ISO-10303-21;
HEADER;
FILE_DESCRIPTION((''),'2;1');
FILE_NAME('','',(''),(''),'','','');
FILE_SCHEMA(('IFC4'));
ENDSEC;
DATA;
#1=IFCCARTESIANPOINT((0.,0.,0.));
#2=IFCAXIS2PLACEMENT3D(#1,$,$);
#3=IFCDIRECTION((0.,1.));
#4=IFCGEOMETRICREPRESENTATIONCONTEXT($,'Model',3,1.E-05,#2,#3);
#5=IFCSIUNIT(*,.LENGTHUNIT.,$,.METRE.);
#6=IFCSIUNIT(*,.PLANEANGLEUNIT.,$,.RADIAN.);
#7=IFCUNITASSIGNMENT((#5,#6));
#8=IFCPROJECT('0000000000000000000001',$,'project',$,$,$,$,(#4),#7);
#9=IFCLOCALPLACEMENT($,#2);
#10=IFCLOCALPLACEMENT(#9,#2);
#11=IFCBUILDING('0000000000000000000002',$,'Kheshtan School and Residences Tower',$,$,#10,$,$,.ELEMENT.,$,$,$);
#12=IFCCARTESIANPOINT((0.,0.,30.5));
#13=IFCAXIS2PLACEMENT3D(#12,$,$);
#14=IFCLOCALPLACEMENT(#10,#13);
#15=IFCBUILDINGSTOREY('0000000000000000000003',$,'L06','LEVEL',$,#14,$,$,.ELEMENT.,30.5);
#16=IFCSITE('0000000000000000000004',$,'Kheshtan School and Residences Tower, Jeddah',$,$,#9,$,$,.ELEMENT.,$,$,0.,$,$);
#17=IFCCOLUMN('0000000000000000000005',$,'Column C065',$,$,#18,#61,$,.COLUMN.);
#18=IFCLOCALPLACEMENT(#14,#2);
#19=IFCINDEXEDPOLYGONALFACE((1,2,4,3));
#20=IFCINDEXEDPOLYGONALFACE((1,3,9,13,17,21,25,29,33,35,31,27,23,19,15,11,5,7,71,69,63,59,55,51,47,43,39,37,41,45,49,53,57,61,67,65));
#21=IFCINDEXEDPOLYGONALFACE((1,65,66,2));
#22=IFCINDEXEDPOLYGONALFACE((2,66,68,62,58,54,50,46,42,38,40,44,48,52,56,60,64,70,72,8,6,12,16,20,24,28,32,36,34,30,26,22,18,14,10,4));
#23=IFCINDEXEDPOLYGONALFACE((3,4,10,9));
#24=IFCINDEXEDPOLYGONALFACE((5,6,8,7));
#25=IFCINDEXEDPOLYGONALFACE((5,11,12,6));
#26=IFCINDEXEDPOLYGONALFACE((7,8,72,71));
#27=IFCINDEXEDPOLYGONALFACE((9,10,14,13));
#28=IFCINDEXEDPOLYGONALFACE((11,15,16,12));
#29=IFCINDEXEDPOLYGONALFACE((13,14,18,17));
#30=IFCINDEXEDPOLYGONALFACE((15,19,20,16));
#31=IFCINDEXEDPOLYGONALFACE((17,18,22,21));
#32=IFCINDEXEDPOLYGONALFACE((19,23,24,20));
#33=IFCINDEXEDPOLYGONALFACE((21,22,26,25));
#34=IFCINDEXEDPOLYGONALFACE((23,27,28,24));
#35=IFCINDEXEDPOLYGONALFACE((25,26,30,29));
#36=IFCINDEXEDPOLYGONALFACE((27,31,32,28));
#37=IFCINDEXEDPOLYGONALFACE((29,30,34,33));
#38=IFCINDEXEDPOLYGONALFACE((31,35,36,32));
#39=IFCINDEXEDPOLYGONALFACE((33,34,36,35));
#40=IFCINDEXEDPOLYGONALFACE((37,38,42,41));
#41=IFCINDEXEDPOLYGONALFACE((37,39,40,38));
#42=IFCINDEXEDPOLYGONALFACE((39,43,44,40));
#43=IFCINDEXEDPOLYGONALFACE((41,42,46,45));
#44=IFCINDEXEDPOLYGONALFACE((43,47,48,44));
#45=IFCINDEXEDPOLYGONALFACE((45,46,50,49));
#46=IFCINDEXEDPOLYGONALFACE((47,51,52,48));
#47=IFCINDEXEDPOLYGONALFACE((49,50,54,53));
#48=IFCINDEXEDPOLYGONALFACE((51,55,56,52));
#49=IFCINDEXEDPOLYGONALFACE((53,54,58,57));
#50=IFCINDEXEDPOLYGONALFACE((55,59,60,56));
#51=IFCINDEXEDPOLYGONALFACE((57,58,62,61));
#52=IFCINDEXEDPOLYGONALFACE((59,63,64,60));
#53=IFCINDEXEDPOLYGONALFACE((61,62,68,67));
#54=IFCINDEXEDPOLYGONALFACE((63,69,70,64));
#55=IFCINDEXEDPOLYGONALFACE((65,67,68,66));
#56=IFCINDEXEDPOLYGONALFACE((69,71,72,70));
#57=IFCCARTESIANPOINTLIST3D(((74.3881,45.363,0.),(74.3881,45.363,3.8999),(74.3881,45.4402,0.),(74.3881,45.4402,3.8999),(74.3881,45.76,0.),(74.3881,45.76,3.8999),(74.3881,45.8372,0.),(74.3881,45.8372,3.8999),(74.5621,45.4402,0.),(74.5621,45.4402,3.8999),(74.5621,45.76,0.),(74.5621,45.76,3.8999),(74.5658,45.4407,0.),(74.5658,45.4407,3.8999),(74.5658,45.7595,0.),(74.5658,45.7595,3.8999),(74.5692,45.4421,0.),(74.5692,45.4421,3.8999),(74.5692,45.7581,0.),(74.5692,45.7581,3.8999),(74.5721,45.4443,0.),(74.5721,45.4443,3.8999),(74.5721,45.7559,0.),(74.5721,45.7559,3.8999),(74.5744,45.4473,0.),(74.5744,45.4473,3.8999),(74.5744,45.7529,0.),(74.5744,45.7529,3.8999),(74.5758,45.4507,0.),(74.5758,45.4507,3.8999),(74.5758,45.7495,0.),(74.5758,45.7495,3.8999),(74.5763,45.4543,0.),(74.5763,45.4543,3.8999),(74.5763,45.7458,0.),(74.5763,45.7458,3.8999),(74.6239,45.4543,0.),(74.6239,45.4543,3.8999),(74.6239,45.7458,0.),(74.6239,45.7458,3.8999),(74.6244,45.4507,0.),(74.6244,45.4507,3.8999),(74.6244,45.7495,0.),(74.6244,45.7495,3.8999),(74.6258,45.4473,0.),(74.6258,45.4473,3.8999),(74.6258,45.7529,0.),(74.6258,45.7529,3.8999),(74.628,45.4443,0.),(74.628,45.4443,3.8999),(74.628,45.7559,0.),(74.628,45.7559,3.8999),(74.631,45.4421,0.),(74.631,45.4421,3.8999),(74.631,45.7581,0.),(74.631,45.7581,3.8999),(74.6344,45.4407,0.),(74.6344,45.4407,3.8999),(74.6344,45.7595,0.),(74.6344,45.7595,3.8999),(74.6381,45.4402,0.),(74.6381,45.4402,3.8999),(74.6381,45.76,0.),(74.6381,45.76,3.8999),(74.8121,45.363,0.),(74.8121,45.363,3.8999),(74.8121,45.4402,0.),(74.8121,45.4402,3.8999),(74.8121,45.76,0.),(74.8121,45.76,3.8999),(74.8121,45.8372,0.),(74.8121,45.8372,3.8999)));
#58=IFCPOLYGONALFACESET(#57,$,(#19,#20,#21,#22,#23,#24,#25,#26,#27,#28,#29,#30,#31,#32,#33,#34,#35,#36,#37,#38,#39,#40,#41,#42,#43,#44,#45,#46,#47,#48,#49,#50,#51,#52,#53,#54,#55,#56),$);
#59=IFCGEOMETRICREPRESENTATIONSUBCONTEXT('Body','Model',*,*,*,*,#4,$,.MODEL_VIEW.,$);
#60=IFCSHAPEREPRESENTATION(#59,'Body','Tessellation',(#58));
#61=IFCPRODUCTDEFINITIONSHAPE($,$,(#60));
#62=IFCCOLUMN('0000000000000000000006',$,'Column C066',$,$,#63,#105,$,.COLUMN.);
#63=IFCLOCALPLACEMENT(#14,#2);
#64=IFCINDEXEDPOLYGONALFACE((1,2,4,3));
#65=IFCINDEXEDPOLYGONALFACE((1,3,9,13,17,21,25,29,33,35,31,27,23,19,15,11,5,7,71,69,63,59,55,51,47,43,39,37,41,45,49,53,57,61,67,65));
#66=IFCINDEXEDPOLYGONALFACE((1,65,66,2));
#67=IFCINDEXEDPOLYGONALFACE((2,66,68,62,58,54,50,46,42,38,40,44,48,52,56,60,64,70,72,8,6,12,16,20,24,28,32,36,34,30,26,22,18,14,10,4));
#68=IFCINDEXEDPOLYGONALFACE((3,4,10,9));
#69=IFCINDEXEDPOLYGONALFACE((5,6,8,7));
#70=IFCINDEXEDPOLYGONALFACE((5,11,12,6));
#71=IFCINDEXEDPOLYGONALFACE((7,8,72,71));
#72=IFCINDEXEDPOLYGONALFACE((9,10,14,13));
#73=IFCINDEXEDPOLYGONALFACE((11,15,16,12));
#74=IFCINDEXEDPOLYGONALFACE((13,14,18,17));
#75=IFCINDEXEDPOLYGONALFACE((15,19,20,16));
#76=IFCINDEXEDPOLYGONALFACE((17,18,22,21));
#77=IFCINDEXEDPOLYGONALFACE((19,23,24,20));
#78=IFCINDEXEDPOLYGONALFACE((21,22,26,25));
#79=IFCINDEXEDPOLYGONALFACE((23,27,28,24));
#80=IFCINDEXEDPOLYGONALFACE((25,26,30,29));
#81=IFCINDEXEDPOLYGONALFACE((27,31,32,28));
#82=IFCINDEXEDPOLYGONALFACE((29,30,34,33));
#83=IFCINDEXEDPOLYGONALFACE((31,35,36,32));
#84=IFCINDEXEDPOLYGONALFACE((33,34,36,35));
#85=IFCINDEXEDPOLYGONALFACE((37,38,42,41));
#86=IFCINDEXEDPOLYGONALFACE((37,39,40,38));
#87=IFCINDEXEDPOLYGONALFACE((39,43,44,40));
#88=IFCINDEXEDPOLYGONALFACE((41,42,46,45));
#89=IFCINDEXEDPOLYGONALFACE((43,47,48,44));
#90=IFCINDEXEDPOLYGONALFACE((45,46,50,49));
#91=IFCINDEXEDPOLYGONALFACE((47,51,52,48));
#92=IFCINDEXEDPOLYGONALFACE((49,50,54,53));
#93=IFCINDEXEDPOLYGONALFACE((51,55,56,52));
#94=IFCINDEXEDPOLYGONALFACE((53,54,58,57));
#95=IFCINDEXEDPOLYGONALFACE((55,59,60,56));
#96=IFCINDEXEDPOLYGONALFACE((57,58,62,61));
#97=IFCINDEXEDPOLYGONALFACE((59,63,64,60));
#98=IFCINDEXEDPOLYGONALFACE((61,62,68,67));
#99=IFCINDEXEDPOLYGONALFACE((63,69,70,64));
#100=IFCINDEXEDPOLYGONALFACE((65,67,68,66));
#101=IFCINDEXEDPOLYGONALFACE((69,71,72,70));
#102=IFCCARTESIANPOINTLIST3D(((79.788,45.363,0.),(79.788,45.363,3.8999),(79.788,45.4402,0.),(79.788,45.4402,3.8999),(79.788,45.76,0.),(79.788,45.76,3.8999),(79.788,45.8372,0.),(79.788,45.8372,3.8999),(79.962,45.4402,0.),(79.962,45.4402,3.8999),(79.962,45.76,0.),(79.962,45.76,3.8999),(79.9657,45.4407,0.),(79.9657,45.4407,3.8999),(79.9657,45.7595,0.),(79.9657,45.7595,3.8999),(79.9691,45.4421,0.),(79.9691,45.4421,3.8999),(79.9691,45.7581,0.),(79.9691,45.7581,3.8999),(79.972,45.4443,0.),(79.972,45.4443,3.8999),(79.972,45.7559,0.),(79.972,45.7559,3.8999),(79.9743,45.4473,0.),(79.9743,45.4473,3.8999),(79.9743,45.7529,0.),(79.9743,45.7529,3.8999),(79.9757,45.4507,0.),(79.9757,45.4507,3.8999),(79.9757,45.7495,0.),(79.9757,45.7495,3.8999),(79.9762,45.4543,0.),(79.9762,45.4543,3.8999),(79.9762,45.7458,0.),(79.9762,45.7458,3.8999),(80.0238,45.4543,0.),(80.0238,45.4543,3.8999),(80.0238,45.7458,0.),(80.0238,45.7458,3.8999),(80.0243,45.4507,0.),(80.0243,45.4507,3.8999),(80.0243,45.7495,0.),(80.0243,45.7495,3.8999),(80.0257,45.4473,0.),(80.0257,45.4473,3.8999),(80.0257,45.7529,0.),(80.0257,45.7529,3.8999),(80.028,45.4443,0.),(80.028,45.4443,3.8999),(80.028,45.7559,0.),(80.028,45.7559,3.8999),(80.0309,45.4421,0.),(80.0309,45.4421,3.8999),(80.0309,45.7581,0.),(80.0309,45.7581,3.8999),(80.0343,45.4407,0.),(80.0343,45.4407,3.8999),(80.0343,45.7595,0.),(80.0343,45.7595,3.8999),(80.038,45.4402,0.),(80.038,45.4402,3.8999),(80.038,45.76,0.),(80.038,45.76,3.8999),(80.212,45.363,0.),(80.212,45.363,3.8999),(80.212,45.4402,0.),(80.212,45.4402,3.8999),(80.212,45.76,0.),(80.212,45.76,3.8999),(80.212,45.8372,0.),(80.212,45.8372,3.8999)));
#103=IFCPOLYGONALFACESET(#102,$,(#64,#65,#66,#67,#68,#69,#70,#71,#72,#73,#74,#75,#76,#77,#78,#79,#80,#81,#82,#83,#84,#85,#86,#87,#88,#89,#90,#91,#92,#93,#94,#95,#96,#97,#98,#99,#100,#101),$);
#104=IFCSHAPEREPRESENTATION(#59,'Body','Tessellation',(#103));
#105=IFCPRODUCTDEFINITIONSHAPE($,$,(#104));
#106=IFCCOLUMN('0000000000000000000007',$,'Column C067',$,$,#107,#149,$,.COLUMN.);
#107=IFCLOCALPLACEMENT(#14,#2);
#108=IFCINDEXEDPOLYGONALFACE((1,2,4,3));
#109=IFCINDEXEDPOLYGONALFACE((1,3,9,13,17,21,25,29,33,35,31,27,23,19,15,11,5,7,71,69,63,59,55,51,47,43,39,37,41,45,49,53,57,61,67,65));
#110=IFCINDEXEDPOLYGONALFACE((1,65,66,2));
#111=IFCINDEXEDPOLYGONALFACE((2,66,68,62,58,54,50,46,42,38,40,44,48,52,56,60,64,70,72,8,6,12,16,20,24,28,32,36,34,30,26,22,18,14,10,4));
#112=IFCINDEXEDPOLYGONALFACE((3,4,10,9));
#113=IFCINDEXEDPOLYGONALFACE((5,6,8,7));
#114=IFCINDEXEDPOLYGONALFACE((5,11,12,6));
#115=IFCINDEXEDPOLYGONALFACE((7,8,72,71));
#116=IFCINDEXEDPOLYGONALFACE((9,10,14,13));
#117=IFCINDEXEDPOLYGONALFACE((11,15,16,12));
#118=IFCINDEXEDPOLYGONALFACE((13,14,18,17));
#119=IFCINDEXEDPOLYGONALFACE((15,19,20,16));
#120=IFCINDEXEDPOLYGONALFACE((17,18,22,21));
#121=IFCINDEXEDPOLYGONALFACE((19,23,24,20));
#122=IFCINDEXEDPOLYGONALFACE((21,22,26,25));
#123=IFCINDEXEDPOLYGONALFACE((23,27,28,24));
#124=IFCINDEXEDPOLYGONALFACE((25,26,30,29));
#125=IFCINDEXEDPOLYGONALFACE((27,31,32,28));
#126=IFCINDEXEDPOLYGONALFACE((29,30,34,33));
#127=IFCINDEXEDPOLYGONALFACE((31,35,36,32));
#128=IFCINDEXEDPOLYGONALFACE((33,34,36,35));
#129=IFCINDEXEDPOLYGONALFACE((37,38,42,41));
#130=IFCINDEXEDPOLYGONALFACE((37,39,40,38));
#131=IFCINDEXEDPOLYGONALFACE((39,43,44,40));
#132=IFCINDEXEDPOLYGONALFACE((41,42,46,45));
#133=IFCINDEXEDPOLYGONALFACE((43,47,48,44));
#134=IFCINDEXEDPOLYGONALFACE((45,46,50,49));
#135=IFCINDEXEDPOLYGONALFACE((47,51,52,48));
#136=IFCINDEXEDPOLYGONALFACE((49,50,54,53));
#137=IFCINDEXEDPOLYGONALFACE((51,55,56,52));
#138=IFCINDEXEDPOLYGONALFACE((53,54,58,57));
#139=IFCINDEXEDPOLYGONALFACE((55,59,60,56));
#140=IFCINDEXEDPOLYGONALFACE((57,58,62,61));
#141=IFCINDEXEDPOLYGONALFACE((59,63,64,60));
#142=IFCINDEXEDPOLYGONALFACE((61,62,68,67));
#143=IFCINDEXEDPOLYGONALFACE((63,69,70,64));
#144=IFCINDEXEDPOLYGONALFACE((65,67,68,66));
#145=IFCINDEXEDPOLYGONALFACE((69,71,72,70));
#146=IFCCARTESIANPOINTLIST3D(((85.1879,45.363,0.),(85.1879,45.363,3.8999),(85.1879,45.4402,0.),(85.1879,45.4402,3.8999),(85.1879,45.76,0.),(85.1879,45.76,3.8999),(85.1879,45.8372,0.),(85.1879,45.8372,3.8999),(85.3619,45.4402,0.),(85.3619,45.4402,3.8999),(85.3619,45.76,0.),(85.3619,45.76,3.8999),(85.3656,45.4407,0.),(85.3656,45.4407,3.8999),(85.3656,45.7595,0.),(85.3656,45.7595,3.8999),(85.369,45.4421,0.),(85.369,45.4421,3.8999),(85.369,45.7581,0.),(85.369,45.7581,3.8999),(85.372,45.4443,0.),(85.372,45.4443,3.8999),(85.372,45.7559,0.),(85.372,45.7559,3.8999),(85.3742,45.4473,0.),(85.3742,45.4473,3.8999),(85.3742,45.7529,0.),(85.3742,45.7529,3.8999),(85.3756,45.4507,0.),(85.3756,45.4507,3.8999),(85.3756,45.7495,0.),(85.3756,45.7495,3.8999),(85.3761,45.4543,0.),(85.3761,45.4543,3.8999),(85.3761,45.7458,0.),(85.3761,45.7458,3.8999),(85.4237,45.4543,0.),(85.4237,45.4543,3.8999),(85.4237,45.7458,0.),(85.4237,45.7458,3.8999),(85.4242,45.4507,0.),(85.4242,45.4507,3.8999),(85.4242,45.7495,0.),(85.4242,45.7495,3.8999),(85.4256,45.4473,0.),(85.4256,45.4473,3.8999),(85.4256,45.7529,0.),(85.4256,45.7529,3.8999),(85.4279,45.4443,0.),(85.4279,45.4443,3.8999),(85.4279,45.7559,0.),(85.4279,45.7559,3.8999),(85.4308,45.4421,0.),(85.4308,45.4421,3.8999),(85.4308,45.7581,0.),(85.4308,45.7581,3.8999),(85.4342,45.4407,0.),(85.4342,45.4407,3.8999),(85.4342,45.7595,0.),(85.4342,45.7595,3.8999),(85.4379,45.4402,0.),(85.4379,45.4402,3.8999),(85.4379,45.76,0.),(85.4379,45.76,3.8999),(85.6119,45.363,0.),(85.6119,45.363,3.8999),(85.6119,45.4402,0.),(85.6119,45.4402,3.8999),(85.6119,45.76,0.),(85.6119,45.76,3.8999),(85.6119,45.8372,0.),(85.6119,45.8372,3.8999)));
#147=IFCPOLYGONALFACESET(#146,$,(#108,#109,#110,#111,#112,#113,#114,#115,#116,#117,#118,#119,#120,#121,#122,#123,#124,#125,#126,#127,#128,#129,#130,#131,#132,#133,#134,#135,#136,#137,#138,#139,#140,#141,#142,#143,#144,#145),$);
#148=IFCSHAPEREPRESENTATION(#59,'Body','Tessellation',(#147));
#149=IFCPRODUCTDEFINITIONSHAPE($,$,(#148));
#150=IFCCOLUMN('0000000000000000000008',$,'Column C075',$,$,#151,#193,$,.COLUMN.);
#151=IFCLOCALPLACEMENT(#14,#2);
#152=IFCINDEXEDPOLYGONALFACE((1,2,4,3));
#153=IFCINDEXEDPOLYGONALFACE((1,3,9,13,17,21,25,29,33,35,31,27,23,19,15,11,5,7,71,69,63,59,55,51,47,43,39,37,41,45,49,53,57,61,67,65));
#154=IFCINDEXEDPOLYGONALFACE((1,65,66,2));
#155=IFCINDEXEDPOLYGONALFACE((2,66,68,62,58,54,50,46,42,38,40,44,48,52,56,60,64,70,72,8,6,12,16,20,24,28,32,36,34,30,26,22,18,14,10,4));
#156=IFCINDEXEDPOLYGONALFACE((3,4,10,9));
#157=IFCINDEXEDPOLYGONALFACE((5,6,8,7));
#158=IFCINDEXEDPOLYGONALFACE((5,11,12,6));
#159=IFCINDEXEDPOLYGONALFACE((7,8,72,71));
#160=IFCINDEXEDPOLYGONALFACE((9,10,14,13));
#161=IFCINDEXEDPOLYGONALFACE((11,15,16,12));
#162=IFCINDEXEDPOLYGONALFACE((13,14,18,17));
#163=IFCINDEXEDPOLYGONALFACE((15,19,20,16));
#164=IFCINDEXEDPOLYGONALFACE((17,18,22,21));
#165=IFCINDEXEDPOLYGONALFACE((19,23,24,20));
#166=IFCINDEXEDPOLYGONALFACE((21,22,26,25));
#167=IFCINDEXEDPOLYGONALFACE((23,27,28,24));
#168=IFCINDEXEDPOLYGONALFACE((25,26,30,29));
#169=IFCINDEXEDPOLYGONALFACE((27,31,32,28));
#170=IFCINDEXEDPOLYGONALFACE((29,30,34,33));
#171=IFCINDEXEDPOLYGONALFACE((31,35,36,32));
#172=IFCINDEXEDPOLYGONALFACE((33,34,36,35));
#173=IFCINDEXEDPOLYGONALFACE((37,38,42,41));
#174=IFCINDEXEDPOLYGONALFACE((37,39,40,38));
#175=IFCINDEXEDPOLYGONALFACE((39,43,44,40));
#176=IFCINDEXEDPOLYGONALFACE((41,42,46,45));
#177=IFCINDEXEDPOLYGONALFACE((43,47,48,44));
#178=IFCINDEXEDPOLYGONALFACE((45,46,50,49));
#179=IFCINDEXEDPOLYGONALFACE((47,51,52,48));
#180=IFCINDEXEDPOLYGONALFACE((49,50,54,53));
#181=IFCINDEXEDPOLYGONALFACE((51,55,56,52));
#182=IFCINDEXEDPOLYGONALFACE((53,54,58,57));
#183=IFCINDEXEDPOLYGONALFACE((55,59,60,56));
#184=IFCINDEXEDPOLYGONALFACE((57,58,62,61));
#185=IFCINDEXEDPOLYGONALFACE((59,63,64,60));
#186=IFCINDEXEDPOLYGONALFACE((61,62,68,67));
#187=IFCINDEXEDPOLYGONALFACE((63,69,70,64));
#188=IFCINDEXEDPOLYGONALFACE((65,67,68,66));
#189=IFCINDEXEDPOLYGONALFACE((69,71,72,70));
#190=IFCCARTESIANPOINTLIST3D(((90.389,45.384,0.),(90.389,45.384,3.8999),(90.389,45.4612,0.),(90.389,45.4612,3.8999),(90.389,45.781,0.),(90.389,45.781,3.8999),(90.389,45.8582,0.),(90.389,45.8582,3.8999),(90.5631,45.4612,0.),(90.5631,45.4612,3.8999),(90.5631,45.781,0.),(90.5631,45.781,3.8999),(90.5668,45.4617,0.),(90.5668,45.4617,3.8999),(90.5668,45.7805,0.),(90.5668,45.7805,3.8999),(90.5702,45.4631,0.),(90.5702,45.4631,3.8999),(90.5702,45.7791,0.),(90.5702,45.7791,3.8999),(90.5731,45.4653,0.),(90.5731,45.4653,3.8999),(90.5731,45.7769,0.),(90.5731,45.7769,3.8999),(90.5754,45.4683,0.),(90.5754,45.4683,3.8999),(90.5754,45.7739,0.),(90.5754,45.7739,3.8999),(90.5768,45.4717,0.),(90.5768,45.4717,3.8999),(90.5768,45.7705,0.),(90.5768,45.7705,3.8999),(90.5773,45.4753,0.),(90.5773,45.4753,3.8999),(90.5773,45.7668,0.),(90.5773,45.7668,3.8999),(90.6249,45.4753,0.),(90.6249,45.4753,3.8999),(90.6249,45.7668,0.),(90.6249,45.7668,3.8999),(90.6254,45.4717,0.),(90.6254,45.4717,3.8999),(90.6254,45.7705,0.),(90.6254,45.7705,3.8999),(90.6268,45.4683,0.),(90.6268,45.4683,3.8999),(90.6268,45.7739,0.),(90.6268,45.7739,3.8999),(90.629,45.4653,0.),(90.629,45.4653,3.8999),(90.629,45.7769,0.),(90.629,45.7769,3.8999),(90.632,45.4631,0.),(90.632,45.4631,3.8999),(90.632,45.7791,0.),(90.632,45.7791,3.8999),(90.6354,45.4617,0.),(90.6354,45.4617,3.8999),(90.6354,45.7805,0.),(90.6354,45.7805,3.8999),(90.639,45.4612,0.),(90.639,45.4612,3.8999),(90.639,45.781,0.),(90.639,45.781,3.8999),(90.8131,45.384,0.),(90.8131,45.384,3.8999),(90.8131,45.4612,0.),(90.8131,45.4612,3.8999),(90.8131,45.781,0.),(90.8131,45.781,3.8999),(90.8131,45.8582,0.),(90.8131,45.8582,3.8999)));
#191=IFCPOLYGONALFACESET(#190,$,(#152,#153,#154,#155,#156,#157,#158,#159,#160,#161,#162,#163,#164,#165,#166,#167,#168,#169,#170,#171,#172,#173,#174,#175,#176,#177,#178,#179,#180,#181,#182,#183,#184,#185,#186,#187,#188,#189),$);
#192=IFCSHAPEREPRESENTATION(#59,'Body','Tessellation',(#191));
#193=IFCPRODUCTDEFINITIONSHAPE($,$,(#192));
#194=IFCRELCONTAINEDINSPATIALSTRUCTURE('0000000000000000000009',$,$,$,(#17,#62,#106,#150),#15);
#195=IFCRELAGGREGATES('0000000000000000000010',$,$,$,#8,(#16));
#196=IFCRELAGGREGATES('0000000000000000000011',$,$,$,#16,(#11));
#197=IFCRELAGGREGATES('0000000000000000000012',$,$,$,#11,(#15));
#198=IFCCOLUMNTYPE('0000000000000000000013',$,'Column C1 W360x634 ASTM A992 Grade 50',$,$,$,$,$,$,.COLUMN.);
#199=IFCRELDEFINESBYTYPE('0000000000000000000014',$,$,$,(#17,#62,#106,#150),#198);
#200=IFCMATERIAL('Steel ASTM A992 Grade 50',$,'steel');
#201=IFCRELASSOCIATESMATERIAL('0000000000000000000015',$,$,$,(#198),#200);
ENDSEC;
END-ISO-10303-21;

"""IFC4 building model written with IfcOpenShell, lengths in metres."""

from ifc_helpers import new_model, si_unit, direction, frame, origin, origin_2d, place, context, subcontext, project, spatial, i_section, extrude, material, material_profile, profile_set, type_object, element, save


model = new_model("IFC4")

# Units and contexts
model_context = context("Model", 3, precision=1e-05, world=origin(), true_north=direction((0.0, 1.0)))
body_context = subcontext(model_context, "Body", "Model", "MODEL_VIEW")
ifc_project = project(units=[si_unit("LENGTHUNIT", "METRE"), si_unit("PLANEANGLEUNIT", "RADIAN")], contexts=[model_context])

# Site, building, storey
site_placement = place(None, origin())
site = spatial("IfcSite", under=ifc_project, at=site_placement, Name="Kheshtan School and Residences Tower, Jeddah", CompositionType="ELEMENT", RefElevation=0.0)
building_placement = place(site_placement, origin())
building = spatial("IfcBuilding", under=site, at=building_placement, Name="Kheshtan School and Residences Tower", CompositionType="ELEMENT")
storey_placement = place(building_placement, frame((0.0, 0.0, 30.5)))
storey = spatial("IfcBuildingStorey", under=building, at=storey_placement, Name="L06", Description="LEVEL", CompositionType="ELEMENT", Elevation=30.5)

# Columns
ifc_material_1 = material(Name="Steel ASTM A992 Grade 50", Category="steel")
ifc_material_profile_1 = material_profile(ifc_material_1, i_section(OverallWidth=0.4241, OverallDepth=0.4741, WebThickness=0.0476, FlangeThickness=0.0771, FilletRadius=0.0142, at=origin_2d()), Name="W360x634")
ifc_profile_set_1 = profile_set([ifc_material_profile_1], Name="Steel ASTM A992 Grade 50")
column_type = type_object("IfcColumnType", Name="Column C1 W360x634 ASTM A992 Grade 50", PredefinedType="COLUMN", material=ifc_profile_set_1)
for number, where, z_axis, x_axis, name in (
    (1, (74.6001, 45.6001, 0.0), (0.0, 0.0, 1.0), (1.0, 0.0, 0.0), "Column C065"),
    (2, (80.0, 45.6001, 0.0), (0.0, 0.0, 1.0), (1.0, 0.0, 0.0), "Column C066"),
    (3, (85.3999, 45.6001, 0.0), (0.0, 0.0, 1.0), (1.0, 0.0, 0.0), "Column C067"),
    (4, (90.6011, 45.6211, 0.0), (0.0, 0.0, 1.0), (1.0, 0.0, 0.0), "Column C075"),
):
    element("IfcColumn", number, at=place(storey_placement, frame(where, z_axis=z_axis, x_axis=x_axis)), inside=storey, type_object=column_type, Name=name, PredefinedType="COLUMN", context=body_context, shape_type="SweptSolid", body=[
        extrude(i_section(OverallWidth=0.4241, OverallDepth=0.4741, WebThickness=0.0476, FlangeThickness=0.0771, FilletRadius=0.0142, at=origin_2d()), origin(), (0.0, 0.0, 1.0), 3.8999),
    ])

save(model, "model.ifc")
